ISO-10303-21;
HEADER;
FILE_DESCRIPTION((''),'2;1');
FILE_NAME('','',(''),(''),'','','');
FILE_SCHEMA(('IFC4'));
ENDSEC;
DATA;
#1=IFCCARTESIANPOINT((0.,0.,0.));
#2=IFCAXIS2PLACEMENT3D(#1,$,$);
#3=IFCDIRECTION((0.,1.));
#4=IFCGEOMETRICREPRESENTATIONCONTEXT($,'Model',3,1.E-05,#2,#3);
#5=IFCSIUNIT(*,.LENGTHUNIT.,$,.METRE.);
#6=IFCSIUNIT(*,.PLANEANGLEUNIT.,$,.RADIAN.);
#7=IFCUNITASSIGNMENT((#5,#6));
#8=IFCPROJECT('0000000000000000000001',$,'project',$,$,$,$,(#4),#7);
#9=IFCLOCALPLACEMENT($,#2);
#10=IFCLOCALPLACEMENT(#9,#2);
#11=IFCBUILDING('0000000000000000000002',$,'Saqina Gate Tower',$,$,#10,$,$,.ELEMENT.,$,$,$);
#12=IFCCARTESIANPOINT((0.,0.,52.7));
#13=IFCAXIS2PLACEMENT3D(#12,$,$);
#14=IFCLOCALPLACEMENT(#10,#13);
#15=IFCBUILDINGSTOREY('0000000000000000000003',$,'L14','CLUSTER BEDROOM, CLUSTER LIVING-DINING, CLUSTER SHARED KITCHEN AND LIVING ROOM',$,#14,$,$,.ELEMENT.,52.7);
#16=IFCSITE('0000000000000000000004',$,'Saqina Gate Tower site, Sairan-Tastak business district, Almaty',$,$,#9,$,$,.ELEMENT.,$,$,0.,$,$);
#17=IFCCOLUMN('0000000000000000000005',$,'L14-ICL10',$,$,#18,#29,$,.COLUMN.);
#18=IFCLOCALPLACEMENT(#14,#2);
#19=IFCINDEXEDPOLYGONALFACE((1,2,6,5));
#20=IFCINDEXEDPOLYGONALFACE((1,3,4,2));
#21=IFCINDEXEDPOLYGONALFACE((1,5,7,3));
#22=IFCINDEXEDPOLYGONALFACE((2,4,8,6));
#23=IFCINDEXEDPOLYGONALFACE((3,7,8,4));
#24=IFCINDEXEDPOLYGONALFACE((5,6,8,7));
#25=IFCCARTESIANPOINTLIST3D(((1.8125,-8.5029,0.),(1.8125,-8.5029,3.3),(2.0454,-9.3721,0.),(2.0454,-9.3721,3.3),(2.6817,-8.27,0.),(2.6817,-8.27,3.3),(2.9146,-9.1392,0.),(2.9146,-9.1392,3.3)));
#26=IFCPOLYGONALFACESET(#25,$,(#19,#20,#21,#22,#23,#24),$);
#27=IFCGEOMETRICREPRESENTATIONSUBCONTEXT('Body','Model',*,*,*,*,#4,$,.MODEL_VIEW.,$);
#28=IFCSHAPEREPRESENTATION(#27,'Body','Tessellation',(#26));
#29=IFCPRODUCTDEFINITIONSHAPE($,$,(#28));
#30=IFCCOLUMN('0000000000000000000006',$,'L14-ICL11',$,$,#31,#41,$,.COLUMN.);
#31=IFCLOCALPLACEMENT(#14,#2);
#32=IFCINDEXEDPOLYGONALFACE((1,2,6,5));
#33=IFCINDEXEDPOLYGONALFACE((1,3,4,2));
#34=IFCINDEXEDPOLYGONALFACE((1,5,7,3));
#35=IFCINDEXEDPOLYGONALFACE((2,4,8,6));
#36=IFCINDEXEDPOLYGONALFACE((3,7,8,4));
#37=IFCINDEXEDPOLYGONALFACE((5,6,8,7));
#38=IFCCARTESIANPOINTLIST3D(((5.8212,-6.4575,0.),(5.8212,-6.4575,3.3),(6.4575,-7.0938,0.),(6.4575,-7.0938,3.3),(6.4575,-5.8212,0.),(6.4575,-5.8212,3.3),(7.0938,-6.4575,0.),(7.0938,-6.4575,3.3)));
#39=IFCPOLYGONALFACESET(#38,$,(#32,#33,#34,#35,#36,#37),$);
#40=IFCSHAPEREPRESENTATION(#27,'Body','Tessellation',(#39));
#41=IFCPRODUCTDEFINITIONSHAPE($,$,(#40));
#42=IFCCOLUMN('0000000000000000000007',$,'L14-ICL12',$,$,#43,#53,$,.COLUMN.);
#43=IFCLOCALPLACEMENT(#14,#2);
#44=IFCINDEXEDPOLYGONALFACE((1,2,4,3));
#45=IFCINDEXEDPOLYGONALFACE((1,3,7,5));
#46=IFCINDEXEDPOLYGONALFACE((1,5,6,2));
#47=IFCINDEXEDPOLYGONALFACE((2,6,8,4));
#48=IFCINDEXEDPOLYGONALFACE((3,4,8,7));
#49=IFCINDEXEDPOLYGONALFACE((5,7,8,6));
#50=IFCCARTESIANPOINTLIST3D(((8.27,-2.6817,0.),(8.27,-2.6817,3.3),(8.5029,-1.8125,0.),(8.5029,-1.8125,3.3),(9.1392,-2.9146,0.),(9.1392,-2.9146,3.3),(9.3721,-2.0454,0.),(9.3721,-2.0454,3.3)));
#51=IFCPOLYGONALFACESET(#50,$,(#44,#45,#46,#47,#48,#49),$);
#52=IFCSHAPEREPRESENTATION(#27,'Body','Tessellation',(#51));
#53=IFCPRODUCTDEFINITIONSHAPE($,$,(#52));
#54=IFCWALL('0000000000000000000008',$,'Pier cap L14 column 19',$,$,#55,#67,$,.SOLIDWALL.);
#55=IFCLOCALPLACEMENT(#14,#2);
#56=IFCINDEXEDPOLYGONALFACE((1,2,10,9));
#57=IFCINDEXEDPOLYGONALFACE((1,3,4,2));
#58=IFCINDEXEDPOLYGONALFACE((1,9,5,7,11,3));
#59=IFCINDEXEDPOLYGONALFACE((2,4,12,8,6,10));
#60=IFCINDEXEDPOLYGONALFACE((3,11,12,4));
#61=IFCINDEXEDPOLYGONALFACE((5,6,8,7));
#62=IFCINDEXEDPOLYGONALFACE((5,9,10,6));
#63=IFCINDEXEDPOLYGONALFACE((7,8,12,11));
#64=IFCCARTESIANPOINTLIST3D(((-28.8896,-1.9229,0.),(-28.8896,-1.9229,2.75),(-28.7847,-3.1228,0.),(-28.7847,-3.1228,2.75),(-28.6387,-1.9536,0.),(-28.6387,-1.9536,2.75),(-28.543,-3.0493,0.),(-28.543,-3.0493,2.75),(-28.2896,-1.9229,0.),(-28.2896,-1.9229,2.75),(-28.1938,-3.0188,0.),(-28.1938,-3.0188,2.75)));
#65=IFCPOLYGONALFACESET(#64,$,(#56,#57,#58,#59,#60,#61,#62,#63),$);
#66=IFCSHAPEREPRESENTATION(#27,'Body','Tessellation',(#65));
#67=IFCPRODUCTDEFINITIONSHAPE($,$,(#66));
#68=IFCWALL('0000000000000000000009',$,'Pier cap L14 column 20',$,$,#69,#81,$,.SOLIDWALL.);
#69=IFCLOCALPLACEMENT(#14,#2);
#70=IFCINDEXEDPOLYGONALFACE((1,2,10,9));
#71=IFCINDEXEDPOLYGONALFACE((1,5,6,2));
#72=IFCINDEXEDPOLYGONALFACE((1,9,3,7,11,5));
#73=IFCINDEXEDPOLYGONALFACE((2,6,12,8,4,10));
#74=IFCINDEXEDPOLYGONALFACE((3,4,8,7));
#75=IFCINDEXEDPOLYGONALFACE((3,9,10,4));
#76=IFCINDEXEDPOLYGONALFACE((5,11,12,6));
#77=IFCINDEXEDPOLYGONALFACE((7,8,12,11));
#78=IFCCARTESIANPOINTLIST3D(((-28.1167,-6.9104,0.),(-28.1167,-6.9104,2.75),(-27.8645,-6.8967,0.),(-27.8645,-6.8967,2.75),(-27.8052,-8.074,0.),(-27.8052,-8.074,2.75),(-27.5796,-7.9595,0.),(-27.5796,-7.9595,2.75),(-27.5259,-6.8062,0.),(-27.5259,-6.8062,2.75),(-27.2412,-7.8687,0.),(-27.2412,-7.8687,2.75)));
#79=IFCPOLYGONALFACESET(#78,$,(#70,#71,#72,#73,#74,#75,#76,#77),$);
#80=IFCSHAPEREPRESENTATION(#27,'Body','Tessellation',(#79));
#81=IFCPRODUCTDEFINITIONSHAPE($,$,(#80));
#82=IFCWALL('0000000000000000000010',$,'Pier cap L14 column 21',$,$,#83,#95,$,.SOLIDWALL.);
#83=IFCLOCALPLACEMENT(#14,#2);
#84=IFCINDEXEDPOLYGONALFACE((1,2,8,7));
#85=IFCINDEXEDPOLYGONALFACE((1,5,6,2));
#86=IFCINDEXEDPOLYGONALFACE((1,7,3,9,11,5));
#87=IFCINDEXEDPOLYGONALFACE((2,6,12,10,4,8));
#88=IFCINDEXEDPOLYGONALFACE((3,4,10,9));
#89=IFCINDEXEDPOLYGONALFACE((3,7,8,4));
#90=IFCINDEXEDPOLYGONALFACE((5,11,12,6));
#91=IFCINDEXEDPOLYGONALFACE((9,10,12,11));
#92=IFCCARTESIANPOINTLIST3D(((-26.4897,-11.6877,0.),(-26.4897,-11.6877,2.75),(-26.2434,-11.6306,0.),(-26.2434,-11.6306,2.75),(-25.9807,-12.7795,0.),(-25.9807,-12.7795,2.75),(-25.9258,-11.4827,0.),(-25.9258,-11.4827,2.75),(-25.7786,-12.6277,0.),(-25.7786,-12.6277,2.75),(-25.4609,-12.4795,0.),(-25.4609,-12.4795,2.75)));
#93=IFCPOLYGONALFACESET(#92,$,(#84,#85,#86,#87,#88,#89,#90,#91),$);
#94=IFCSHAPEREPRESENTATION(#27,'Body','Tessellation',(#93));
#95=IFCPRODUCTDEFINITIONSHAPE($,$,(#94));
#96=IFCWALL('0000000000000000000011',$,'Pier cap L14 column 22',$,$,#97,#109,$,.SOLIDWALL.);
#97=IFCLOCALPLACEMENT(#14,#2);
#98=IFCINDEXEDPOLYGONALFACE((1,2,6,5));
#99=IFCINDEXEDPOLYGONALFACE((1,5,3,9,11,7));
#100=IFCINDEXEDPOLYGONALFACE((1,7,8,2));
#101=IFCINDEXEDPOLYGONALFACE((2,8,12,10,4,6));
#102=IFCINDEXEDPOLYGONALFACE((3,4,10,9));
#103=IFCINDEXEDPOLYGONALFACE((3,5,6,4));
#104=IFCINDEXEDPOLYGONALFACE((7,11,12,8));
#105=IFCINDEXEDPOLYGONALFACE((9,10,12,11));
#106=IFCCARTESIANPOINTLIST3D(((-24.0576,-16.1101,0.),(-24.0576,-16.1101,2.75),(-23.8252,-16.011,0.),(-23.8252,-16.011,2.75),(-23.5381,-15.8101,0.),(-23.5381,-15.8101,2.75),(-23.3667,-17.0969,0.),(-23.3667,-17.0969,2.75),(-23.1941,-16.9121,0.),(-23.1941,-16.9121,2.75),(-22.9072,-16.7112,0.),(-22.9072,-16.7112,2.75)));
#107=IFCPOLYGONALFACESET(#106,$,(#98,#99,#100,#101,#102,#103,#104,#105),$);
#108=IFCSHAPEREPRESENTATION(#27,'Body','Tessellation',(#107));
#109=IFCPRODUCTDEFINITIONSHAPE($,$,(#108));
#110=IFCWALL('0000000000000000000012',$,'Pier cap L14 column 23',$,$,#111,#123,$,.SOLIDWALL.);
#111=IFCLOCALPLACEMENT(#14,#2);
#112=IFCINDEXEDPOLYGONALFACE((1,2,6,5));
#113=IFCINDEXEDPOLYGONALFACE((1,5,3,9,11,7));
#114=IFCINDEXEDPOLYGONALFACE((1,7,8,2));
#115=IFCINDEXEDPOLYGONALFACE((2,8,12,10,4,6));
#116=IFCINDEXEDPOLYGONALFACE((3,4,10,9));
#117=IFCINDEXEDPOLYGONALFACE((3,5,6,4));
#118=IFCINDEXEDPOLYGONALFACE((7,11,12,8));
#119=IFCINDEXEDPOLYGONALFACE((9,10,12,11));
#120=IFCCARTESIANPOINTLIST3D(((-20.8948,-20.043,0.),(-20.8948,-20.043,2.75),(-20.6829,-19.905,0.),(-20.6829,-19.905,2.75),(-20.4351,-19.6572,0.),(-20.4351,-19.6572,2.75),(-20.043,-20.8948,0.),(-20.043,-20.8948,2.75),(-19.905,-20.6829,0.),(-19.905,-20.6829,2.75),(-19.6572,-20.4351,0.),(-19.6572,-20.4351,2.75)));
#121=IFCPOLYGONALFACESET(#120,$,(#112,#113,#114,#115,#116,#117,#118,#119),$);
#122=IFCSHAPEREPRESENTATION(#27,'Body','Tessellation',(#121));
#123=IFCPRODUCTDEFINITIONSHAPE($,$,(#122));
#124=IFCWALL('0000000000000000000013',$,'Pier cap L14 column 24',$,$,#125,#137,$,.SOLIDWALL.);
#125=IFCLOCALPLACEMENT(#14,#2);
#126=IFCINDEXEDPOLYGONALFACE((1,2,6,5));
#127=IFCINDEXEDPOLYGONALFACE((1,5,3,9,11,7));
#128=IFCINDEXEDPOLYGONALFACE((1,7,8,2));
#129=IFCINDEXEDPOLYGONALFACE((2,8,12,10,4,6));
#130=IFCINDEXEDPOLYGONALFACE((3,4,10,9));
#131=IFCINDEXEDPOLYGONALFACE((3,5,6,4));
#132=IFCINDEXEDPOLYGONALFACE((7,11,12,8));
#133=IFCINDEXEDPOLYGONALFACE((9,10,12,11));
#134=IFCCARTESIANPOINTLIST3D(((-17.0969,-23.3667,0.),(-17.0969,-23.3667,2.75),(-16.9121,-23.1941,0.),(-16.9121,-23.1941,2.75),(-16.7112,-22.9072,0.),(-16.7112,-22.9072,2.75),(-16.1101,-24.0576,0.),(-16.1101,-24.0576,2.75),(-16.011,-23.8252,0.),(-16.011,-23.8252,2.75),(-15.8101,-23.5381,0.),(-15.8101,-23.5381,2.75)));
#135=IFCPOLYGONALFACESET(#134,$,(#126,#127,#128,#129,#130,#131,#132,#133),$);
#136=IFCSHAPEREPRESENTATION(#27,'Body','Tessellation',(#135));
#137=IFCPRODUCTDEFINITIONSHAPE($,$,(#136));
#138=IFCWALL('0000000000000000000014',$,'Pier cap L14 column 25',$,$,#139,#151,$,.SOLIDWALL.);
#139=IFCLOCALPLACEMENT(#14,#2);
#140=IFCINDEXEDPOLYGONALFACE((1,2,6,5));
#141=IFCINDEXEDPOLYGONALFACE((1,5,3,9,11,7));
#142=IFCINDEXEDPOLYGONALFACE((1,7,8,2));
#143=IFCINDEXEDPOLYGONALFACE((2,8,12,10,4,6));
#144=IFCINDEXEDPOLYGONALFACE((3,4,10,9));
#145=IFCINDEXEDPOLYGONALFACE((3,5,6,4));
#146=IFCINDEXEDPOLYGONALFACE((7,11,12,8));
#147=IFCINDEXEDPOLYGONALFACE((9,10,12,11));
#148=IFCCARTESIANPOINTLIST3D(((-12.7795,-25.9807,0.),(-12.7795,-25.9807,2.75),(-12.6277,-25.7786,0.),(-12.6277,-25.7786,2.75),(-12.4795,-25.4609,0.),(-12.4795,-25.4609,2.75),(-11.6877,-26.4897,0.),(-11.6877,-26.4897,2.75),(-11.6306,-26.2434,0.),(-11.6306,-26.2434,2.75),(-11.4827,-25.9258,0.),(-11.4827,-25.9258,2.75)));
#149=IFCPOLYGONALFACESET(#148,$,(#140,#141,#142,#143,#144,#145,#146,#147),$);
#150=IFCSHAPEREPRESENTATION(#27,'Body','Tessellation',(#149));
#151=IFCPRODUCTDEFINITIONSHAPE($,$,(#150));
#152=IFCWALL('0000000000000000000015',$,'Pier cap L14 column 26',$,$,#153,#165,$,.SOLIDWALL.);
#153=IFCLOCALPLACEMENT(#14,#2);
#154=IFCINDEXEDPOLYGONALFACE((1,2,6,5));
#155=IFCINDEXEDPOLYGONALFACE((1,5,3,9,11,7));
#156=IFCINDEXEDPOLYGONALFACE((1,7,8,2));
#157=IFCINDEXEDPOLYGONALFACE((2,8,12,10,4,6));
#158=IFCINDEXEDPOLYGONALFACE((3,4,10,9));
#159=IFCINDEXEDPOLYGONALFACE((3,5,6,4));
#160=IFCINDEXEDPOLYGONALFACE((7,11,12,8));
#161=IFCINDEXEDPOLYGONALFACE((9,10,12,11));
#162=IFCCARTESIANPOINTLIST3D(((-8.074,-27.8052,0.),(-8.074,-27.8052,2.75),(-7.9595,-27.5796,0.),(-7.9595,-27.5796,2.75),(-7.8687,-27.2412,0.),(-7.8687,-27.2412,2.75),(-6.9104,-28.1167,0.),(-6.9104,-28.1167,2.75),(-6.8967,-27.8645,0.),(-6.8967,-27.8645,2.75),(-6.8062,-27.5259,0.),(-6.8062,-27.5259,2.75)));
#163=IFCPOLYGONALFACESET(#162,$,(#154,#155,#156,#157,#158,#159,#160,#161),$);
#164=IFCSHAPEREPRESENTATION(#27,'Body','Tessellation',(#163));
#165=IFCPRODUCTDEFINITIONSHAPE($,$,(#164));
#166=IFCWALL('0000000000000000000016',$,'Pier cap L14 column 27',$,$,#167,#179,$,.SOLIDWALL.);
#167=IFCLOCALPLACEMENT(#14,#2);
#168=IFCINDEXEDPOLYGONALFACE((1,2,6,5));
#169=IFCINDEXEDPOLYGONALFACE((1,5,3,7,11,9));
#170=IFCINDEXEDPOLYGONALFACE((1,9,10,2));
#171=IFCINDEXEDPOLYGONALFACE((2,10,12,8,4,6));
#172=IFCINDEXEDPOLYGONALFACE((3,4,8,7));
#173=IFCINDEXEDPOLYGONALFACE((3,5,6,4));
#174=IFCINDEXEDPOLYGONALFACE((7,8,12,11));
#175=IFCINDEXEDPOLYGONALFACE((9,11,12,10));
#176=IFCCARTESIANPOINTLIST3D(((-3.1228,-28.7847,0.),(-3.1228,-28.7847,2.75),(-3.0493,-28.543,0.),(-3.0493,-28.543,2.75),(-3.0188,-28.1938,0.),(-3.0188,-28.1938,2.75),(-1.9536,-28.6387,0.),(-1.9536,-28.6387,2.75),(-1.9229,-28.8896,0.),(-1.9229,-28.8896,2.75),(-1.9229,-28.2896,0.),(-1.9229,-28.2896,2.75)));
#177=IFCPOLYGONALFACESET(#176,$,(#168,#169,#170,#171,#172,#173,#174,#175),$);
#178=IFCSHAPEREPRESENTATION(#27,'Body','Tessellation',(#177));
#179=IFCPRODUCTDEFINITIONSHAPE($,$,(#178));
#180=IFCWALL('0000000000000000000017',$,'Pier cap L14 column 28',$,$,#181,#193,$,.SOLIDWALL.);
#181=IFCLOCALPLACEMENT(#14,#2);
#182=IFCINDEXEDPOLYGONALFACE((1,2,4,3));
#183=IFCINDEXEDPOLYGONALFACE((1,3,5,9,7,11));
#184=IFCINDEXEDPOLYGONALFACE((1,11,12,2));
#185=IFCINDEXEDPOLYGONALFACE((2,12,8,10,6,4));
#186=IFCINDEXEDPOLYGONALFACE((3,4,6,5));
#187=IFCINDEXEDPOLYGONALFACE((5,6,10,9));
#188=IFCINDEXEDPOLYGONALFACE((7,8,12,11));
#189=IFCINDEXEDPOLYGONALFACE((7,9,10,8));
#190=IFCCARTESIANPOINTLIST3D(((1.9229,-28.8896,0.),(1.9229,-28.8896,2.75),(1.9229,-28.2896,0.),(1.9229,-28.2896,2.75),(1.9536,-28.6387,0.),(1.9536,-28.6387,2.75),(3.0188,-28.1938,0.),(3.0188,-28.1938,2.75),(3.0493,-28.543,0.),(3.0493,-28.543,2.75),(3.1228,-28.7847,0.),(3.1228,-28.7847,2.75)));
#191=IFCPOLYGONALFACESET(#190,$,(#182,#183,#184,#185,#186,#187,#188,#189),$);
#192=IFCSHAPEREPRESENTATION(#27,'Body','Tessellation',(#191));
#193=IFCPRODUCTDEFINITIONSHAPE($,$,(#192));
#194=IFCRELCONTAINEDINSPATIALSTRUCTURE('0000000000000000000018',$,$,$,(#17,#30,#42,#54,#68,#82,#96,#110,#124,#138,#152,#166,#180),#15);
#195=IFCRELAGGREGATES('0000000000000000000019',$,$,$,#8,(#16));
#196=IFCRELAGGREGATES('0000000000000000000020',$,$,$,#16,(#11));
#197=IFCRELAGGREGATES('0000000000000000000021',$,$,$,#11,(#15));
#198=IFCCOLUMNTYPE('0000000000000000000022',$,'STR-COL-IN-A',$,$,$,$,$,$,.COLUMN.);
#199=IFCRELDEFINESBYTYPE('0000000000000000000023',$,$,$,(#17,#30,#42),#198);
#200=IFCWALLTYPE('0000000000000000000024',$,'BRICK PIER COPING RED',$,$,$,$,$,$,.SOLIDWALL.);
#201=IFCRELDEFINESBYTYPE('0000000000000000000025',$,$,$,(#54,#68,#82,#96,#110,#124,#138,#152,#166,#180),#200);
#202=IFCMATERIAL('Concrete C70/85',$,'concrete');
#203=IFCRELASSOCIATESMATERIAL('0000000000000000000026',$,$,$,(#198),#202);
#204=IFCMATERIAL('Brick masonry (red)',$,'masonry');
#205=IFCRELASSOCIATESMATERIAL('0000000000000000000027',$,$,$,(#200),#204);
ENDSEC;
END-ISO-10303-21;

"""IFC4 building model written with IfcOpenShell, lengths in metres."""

from ifc_helpers import new_model, si_unit, direction, frame, origin, origin_2d, place, context, subcontext, project, spatial, polyline, rectangle, outline, extrude, material, material_profile, profile_set, type_object, element, save


model = new_model("IFC4")

# Units and contexts
model_context = context("Model", 3, precision=1e-05, world=origin(), true_north=direction((0.0, 1.0)))
body_context = subcontext(model_context, "Body", "Model", "MODEL_VIEW")
ifc_project = project(units=[si_unit("LENGTHUNIT", "METRE"), si_unit("PLANEANGLEUNIT", "RADIAN")], contexts=[model_context])

# Site, building, storey
site_placement = place(None, origin())
site = spatial("IfcSite", under=ifc_project, at=site_placement, Name="Saqina Gate Tower site, Sairan-Tastak business district, Almaty", CompositionType="ELEMENT", RefElevation=0.0)
building_placement = place(site_placement, origin())
building = spatial("IfcBuilding", under=site, at=building_placement, Name="Saqina Gate Tower", CompositionType="ELEMENT")
storey_placement = place(building_placement, frame((0.0, 0.0, 52.7)))
storey = spatial("IfcBuildingStorey", under=building, at=storey_placement, Name="L14", Description="CLUSTER BEDROOM, CLUSTER LIVING-DINING, CLUSTER SHARED KITCHEN AND LIVING ROOM", CompositionType="ELEMENT", Elevation=52.7)

# Columns
ifc_material_1 = material(Name="Concrete C70/85", Category="concrete")
ifc_material_profile = material_profile(ifc_material_1, rectangle(XDim=0.8999, YDim=0.8999, at=origin_2d()), Name="RC 900x900")
ifc_profile_set = profile_set([ifc_material_profile], Name="Concrete C70/85")
column_type = type_object("IfcColumnType", Name="STR-COL-IN-A", PredefinedType="COLUMN", material=ifc_profile_set)
for number, where, z_axis, x_axis, name in (
    (1, (2.3635, -8.821, 0.0), (0.0, 0.0, 1.0), (0.258819, -0.965926, 0.0), "L14-ICL10"),
    (2, (6.4575, -6.4575, 0.0), (0.0, 0.0, 1.0), (0.707107, -0.707107, 0.0), "L14-ICL11"),
    (3, (8.821, -2.3635, 0.0), (0.0, 0.0, 1.0), (0.965926, -0.258819, 0.0), "L14-ICL12"),
):
    element("IfcColumn", number, at=place(storey_placement, frame(where, z_axis=z_axis, x_axis=x_axis)), inside=storey, type_object=column_type, Name=name, PredefinedType="COLUMN", context=body_context, shape_type="SweptSolid", body=[
        extrude(rectangle(XDim=0.8999, YDim=0.8999, at=origin_2d()), origin(), (0.0, 0.0, 1.0), 3.3),
    ])

# Walls
ifc_material_2 = material(Name="Brick masonry (red)", Category="masonry")
wall_type_1 = type_object("IfcWallType", Name="BRICK PIER COPING RED", PredefinedType="SOLIDWALL", material=ifc_material_2)
wall_1_placement = place(storey_placement, origin())
element("IfcWall", 4, at=wall_1_placement, inside=storey, type_object=wall_type_1, Name="Pier cap L14 column 19", PredefinedType="SOLIDWALL", context=body_context, shape_type="SweptSolid", body=[
    extrude(outline(polyline([(-28.8896, -1.9229), (-28.7847, -3.1228), (-28.1938, -3.0188), (-28.543, -3.0493), (-28.6387, -1.9536), (-28.2896, -1.9229), (-28.8896, -1.9229)])), origin(), (0.0, 0.0, 1.0), 2.75),
])
wall_2_placement = place(storey_placement, origin())
element("IfcWall", 5, at=wall_2_placement, inside=storey, type_object=wall_type_1, Name="Pier cap L14 column 20", PredefinedType="SOLIDWALL", context=body_context, shape_type="SweptSolid", body=[
    extrude(outline(polyline([(-28.1167, -6.9104), (-27.8052, -8.074), (-27.2412, -7.8687), (-27.5796, -7.9595), (-27.8645, -6.8967), (-27.5259, -6.8062), (-28.1167, -6.9104)])), origin(), (0.0, 0.0, 1.0), 2.75),
])
wall_3_placement = place(storey_placement, origin())
element("IfcWall", 6, at=wall_3_placement, inside=storey, type_object=wall_type_1, Name="Pier cap L14 column 21", PredefinedType="SOLIDWALL", context=body_context, shape_type="SweptSolid", body=[
    extrude(outline(polyline([(-25.9807, -12.7795), (-25.4609, -12.4795), (-25.7786, -12.6277), (-26.2434, -11.6306), (-25.9258, -11.4827), (-26.4897, -11.6877), (-25.9807, -12.7795)])), origin(), (0.0, 0.0, 1.0), 2.75),
])
wall_4_placement = place(storey_placement, origin())
element("IfcWall", 7, at=wall_4_placement, inside=storey, type_object=wall_type_1, Name="Pier cap L14 column 22", PredefinedType="SOLIDWALL", context=body_context, shape_type="SweptSolid", body=[
    extrude(outline(polyline([(-24.0576, -16.1101), (-23.3667, -17.0969), (-22.9072, -16.7112), (-23.1941, -16.9121), (-23.8252, -16.011), (-23.5381, -15.8101), (-24.0576, -16.1101)])), origin(), (0.0, 0.0, 1.0), 2.75),
])
wall_5_placement = place(storey_placement, origin())
element("IfcWall", 8, at=wall_5_placement, inside=storey, type_object=wall_type_1, Name="Pier cap L14 column 23", PredefinedType="SOLIDWALL", context=body_context, shape_type="SweptSolid", body=[
    extrude(outline(polyline([(-20.043, -20.8948), (-19.6572, -20.4351), (-19.905, -20.6829), (-20.6829, -19.905), (-20.4351, -19.6572), (-20.8948, -20.043), (-20.043, -20.8948)])), origin(), (0.0, 0.0, 1.0), 2.75),
])
wall_6_placement = place(storey_placement, origin())
element("IfcWall", 9, at=wall_6_placement, inside=storey, type_object=wall_type_1, Name="Pier cap L14 column 24", PredefinedType="SOLIDWALL", context=body_context, shape_type="SweptSolid", body=[
    extrude(outline(polyline([(-17.0969, -23.3667), (-16.1101, -24.0576), (-15.8101, -23.5381), (-16.011, -23.8252), (-16.9121, -23.1941), (-16.7112, -22.9072), (-17.0969, -23.3667)])), origin(), (0.0, 0.0, 1.0), 2.75),
])
wall_7_placement = place(storey_placement, origin())
element("IfcWall", 10, at=wall_7_placement, inside=storey, type_object=wall_type_1, Name="Pier cap L14 column 25", PredefinedType="SOLIDWALL", context=body_context, shape_type="SweptSolid", body=[
    extrude(outline(polyline([(-11.6877, -26.4897), (-11.4827, -25.9258), (-11.6306, -26.2434), (-12.6277, -25.7786), (-12.4795, -25.4609), (-12.7795, -25.9807), (-11.6877, -26.4897)])), origin(), (0.0, 0.0, 1.0), 2.75),
])
wall_8_placement = place(storey_placement, origin())
element("IfcWall", 11, at=wall_8_placement, inside=storey, type_object=wall_type_1, Name="Pier cap L14 column 26", PredefinedType="SOLIDWALL", context=body_context, shape_type="SweptSolid", body=[
    extrude(outline(polyline([(-6.9104, -28.1167), (-6.8062, -27.5259), (-6.8967, -27.8645), (-7.9595, -27.5796), (-7.8687, -27.2412), (-8.074, -27.8052), (-6.9104, -28.1167)])), origin(), (0.0, 0.0, 1.0), 2.75),
])
wall_9_placement = place(storey_placement, origin())
element("IfcWall", 12, at=wall_9_placement, inside=storey, type_object=wall_type_1, Name="Pier cap L14 column 27", PredefinedType="SOLIDWALL", context=body_context, shape_type="SweptSolid", body=[
    extrude(outline(polyline([(-3.1228, -28.7847), (-1.9229, -28.8896), (-1.9229, -28.2896), (-1.9536, -28.6387), (-3.0493, -28.543), (-3.0188, -28.1938), (-3.1228, -28.7847)])), origin(), (0.0, 0.0, 1.0), 2.75),
])
wall_10_placement = place(storey_placement, origin())
element("IfcWall", 13, at=wall_10_placement, inside=storey, type_object=wall_type_1, Name="Pier cap L14 column 28", PredefinedType="SOLIDWALL", context=body_context, shape_type="SweptSolid", body=[
    extrude(outline(polyline([(1.9229, -28.8896), (3.1228, -28.7847), (3.0188, -28.1938), (3.0493, -28.543), (1.9536, -28.6387), (1.9229, -28.2896), (1.9229, -28.8896)])), origin(), (0.0, 0.0, 1.0), 2.75),
])

save(model, "model.ifc")
